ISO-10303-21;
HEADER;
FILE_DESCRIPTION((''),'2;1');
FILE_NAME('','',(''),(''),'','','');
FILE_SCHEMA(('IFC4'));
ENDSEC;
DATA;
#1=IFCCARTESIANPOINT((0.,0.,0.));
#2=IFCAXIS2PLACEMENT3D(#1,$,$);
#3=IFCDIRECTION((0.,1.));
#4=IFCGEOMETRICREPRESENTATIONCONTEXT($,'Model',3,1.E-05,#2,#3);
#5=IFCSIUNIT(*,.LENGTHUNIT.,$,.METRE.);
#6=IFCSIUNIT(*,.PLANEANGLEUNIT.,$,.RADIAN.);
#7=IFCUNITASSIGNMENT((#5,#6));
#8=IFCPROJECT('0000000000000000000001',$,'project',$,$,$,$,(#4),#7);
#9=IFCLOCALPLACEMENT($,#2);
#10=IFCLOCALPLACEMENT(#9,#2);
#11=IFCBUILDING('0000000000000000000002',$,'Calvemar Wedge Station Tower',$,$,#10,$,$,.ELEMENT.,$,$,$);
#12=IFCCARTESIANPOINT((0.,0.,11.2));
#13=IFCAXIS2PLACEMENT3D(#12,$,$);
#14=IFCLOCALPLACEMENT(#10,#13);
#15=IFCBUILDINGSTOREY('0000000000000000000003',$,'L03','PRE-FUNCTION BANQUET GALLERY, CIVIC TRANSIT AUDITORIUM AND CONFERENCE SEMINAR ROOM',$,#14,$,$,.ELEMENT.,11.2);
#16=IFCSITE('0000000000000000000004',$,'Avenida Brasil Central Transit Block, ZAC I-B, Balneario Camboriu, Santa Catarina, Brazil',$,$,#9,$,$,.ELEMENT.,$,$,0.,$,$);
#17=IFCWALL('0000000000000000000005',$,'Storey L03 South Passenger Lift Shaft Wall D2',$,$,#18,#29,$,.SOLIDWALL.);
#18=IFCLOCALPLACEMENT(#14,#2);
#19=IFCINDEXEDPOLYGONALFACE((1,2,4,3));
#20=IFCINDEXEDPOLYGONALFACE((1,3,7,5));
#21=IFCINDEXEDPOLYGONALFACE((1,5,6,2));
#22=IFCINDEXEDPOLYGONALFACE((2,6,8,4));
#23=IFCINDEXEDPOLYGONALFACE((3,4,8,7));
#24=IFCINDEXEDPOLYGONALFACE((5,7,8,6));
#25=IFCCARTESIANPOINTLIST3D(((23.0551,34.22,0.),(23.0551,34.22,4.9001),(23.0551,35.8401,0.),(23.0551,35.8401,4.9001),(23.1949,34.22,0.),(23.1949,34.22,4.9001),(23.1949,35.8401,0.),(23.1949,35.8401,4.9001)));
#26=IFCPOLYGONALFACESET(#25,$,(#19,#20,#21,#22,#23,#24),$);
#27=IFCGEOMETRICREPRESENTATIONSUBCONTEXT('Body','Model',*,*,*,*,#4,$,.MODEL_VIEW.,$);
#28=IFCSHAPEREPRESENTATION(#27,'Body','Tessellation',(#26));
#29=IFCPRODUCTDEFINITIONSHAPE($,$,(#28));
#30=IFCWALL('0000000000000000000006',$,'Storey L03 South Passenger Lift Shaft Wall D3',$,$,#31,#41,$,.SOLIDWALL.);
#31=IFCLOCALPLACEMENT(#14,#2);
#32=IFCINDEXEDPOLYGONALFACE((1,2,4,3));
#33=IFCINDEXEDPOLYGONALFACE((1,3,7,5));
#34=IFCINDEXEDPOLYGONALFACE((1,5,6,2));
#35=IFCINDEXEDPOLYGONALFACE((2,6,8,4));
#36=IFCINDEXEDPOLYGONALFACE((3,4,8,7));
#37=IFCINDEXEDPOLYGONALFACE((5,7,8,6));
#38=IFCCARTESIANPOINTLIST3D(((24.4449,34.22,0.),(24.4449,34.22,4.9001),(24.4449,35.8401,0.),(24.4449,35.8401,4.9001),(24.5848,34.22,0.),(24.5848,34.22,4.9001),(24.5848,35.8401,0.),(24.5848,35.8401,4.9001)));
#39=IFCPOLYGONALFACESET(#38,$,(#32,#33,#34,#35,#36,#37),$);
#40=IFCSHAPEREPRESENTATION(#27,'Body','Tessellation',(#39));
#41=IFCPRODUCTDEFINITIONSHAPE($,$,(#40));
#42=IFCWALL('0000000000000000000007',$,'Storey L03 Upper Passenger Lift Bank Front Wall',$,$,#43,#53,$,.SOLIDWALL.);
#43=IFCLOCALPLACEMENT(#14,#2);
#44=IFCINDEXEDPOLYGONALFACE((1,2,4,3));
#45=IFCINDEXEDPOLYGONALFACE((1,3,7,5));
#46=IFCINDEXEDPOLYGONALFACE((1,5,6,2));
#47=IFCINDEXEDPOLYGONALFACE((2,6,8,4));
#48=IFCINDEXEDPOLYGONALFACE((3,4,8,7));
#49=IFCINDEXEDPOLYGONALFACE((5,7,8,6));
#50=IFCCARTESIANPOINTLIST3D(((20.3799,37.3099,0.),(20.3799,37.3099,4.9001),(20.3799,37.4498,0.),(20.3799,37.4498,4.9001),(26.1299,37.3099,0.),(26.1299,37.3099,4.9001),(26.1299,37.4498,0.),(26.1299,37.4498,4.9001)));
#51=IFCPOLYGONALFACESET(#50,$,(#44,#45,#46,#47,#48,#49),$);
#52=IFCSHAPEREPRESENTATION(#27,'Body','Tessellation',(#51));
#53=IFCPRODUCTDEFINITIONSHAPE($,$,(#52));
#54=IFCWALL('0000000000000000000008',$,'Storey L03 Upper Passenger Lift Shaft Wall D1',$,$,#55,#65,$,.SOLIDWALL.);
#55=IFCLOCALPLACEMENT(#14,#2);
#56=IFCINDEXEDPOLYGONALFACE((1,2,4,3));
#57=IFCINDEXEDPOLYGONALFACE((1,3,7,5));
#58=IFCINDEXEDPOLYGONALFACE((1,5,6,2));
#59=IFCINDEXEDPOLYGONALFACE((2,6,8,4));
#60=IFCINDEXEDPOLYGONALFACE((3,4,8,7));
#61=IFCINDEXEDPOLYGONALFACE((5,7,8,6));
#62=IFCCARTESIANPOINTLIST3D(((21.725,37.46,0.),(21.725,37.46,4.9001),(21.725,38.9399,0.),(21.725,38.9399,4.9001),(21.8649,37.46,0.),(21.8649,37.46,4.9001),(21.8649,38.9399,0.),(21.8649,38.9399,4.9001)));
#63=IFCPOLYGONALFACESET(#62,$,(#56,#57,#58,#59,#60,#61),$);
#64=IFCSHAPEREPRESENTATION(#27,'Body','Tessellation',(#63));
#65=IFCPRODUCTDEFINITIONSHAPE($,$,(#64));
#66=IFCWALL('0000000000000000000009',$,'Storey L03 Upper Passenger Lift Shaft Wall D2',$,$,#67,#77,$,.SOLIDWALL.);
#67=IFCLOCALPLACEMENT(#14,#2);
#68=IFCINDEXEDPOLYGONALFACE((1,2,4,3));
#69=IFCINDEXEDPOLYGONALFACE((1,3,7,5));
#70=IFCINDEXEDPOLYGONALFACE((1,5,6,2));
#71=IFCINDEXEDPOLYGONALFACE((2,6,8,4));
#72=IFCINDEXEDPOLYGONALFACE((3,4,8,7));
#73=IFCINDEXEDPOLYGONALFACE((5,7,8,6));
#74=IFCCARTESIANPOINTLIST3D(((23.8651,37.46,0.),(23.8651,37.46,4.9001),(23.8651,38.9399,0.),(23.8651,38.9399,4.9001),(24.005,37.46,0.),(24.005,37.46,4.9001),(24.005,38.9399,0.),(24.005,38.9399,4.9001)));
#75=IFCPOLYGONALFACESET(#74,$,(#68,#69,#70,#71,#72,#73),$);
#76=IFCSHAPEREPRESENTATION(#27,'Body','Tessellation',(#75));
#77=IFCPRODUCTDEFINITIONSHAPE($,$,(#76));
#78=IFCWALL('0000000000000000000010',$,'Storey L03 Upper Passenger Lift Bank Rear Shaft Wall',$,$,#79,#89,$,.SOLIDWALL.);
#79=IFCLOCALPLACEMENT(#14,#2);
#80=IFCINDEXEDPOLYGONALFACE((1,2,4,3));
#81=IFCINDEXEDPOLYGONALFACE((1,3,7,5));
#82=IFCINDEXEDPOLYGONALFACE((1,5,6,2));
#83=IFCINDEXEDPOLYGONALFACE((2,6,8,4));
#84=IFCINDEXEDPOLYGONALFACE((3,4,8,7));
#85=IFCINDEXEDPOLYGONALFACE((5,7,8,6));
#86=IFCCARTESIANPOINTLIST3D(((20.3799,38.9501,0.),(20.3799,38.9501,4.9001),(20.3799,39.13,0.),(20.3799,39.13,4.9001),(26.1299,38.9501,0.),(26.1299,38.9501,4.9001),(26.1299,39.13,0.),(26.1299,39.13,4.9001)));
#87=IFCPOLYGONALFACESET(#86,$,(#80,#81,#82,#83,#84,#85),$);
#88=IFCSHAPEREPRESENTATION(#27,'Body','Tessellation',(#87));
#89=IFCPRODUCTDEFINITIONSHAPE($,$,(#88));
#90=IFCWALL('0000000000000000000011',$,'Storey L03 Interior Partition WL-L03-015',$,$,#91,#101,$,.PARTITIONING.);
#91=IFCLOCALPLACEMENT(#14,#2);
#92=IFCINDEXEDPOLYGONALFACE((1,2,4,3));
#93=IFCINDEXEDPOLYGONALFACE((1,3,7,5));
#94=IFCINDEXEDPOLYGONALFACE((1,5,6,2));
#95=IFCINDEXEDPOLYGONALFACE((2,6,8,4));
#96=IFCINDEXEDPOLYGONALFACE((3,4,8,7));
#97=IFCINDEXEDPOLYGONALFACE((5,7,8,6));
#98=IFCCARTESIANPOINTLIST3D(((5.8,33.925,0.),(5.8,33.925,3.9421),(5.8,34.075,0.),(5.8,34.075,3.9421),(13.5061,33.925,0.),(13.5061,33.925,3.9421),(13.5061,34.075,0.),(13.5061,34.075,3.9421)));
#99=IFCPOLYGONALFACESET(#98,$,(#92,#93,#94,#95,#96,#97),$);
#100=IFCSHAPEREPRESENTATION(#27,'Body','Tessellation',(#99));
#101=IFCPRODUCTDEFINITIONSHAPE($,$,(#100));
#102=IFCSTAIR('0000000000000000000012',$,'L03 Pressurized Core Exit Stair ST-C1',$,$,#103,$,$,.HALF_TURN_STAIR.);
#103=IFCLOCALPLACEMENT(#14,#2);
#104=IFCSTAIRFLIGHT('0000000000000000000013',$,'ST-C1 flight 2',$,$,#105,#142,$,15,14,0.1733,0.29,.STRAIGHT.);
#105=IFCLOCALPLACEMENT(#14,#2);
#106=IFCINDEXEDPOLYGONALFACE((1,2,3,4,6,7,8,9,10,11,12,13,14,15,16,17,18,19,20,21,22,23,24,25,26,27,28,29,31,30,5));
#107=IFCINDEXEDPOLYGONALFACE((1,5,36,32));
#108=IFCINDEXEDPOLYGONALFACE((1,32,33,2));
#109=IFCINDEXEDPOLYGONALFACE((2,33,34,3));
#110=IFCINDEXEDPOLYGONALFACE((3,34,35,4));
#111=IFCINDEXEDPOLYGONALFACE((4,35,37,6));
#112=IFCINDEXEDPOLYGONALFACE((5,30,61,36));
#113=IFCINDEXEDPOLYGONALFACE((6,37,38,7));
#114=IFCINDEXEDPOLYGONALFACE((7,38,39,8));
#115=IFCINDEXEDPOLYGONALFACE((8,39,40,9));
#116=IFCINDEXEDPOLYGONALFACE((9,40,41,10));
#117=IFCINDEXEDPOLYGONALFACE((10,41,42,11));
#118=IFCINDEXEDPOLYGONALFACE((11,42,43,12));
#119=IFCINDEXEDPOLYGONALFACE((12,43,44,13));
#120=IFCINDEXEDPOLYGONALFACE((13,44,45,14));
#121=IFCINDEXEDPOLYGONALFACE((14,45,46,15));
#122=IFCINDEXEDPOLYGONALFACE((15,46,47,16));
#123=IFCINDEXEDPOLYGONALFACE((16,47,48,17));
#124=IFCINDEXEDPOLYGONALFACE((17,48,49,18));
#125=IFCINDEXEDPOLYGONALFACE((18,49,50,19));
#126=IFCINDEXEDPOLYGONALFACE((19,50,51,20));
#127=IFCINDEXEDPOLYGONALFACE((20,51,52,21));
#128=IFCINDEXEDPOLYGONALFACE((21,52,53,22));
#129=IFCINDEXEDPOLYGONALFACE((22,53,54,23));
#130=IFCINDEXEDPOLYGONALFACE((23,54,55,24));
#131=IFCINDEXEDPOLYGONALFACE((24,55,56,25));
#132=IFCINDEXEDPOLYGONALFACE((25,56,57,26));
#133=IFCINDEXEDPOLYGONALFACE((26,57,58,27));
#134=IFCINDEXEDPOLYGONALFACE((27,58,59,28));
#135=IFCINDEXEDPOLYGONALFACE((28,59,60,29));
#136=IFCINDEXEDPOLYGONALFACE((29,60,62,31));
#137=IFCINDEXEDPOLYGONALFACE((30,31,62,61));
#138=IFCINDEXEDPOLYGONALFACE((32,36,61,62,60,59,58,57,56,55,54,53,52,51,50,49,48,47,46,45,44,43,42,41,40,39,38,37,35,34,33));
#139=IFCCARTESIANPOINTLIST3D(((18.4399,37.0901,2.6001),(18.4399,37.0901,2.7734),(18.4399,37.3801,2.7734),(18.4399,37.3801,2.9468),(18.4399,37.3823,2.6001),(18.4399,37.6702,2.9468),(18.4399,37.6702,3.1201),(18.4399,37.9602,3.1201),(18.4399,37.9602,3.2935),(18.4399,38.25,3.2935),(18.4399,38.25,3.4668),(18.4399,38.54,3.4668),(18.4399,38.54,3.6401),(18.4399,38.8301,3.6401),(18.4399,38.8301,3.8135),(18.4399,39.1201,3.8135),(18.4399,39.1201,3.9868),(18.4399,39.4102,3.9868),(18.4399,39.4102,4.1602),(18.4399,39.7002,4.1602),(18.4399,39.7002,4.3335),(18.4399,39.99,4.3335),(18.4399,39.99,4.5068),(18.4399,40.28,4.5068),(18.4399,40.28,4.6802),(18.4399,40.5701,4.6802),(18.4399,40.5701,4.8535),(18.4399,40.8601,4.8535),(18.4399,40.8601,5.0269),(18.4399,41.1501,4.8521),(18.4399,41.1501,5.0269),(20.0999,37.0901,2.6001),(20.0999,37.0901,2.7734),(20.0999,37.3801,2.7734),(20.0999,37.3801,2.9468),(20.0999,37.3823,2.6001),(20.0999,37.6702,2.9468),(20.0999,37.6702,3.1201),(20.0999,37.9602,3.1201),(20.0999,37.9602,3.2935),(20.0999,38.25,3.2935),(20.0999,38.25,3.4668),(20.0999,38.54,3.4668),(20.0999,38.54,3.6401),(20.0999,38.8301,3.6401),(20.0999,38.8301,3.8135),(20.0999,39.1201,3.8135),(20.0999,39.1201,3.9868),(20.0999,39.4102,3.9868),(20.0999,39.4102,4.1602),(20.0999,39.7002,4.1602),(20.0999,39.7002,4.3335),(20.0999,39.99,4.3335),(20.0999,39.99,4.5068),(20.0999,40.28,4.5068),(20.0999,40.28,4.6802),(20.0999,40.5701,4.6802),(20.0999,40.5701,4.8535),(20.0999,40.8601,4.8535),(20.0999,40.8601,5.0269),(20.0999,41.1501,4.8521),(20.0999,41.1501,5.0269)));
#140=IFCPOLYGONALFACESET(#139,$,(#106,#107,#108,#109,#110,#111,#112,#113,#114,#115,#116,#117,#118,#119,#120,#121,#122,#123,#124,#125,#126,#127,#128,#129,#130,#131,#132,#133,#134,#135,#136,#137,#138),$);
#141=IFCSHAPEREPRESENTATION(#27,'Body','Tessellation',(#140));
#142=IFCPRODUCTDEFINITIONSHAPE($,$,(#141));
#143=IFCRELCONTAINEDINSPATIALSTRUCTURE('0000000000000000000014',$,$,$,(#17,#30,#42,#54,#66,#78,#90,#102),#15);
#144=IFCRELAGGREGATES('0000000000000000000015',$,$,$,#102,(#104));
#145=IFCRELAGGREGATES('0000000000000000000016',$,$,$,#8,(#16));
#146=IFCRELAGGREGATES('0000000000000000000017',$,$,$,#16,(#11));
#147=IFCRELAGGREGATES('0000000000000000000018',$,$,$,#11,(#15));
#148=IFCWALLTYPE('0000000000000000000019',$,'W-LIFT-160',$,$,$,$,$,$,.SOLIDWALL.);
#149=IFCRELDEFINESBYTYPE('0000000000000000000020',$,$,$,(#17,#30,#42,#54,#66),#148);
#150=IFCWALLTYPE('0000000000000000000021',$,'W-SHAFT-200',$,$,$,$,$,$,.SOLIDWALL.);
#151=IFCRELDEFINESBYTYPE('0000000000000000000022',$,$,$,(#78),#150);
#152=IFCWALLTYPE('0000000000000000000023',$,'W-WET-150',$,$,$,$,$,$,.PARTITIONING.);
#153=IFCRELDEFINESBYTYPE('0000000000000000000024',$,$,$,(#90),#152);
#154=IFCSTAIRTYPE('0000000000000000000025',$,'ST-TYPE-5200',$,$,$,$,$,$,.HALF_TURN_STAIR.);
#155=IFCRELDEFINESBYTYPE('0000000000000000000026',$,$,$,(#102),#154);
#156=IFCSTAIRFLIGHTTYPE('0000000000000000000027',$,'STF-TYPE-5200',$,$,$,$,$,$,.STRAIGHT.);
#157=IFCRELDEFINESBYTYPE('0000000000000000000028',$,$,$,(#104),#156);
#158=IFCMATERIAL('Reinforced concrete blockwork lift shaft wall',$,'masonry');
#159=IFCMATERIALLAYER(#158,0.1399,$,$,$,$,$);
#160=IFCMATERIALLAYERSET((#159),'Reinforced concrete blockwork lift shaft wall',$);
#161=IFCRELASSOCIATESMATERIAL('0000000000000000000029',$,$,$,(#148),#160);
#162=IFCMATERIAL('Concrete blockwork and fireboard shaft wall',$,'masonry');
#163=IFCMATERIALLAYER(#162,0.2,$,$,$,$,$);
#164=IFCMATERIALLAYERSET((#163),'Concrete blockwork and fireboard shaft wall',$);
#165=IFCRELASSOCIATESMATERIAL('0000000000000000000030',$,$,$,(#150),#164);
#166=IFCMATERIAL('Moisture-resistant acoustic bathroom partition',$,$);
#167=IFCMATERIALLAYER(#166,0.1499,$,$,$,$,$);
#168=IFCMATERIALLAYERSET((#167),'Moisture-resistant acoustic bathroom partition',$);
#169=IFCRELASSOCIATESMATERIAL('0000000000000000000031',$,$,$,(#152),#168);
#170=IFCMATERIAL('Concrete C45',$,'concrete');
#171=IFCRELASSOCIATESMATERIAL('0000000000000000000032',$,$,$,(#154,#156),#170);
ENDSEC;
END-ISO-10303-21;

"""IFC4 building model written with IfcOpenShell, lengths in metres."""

from ifc_helpers import new_model, si_unit, direction, frame, frame_2d, origin, place, context, subcontext, project, spatial, polyline, rectangle, outline, extrude, material, layer, layer_set, type_object, element, aggregate, save


model = new_model("IFC4")

# Units and contexts
model_context = context("Model", 3, precision=1e-05, world=origin(), true_north=direction((0.0, 1.0)))
body_context = subcontext(model_context, "Body", "Model", "MODEL_VIEW")
ifc_project = project(units=[si_unit("LENGTHUNIT", "METRE"), si_unit("PLANEANGLEUNIT", "RADIAN")], contexts=[model_context])

# Site, building, storey
site_placement = place(None, origin())
site = spatial("IfcSite", under=ifc_project, at=site_placement, Name="Avenida Brasil Central Transit Block, ZAC I-B, Balneario Camboriu, Santa Catarina, Brazil", CompositionType="ELEMENT", RefElevation=0.0)
building_placement = place(site_placement, origin())
building = spatial("IfcBuilding", under=site, at=building_placement, Name="Calvemar Wedge Station Tower", CompositionType="ELEMENT")
storey_placement = place(building_placement, frame((0.0, 0.0, 11.2)))
storey = spatial("IfcBuildingStorey", under=building, at=storey_placement, Name="L03", Description="PRE-FUNCTION BANQUET GALLERY, CIVIC TRANSIT AUDITORIUM AND CONFERENCE SEMINAR ROOM", CompositionType="ELEMENT", Elevation=11.2)

# Walls
ifc_material_1 = material(Name="Reinforced concrete blockwork lift shaft wall", Category="masonry")
ifc_layer_1 = layer(ifc_material_1, 0.1399)
ifc_layer_set_1 = layer_set([ifc_layer_1], Name="Reinforced concrete blockwork lift shaft wall")
wall_type_1 = type_object("IfcWallType", Name="W-LIFT-160", PredefinedType="SOLIDWALL", material=ifc_layer_set_1)
for number, where, z_axis, x_axis, name in (
    (1, (23.125, 34.22, 0.0), (0.0, 0.0, 1.0), (0.0, 1.0, 0.0), "Storey L03 South Passenger Lift Shaft Wall D2"),
    (2, (24.5149, 34.22, 0.0), (0.0, 0.0, 1.0), (0.0, 1.0, 0.0), "Storey L03 South Passenger Lift Shaft Wall D3"),
):
    element("IfcWall", number, at=place(storey_placement, frame(where, z_axis=z_axis, x_axis=x_axis)), inside=storey, type_object=wall_type_1, Name=name, PredefinedType="SOLIDWALL", context=body_context, shape_type="SweptSolid", body=[
        extrude(rectangle(XDim=1.6201, YDim=0.1399, at=frame_2d((0.8101, 0.0))), origin(), (0.0, 0.0, 1.0), 4.9001),
    ])
wall_1_placement = place(storey_placement, frame((20.3799, 37.3799, 0.0), z_axis=(0.0, 0.0, 1.0), x_axis=(1.0, 0.0, 0.0)))
element("IfcWall", 3, at=wall_1_placement, inside=storey, type_object=wall_type_1, Name="Storey L03 Upper Passenger Lift Bank Front Wall", PredefinedType="SOLIDWALL", context=body_context, shape_type="SweptSolid", body=[
    extrude(rectangle(XDim=5.75, YDim=0.1399, at=frame_2d((2.875, 0.0))), origin(), (0.0, 0.0, 1.0), 4.9001),
])
for number, where, z_axis, x_axis, name in (
    (4, (21.7949, 37.46, 0.0), (0.0, 0.0, 1.0), (0.0, 1.0, 0.0), "Storey L03 Upper Passenger Lift Shaft Wall D1"),
    (5, (23.9351, 37.46, 0.0), (0.0, 0.0, 1.0), (0.0, 1.0, 0.0), "Storey L03 Upper Passenger Lift Shaft Wall D2"),
):
    element("IfcWall", number, at=place(storey_placement, frame(where, z_axis=z_axis, x_axis=x_axis)), inside=storey, type_object=wall_type_1, Name=name, PredefinedType="SOLIDWALL", context=body_context, shape_type="SweptSolid", body=[
        extrude(rectangle(XDim=1.48, YDim=0.1399, at=frame_2d((0.74, 0.0))), origin(), (0.0, 0.0, 1.0), 4.9001),
    ])
ifc_material_2 = material(Name="Concrete blockwork and fireboard shaft wall", Category="masonry")
ifc_layer_2 = layer(ifc_material_2, 0.2)
ifc_layer_set_2 = layer_set([ifc_layer_2], Name="Concrete blockwork and fireboard shaft wall")
wall_type_2 = type_object("IfcWallType", Name="W-SHAFT-200", PredefinedType="SOLIDWALL", material=ifc_layer_set_2)
wall_2_placement = place(storey_placement, frame((20.3799, 39.04, 0.0), z_axis=(0.0, 0.0, 1.0), x_axis=(1.0, 0.0, 0.0)))
element("IfcWall", 6, at=wall_2_placement, inside=storey, type_object=wall_type_2, Name="Storey L03 Upper Passenger Lift Bank Rear Shaft Wall", PredefinedType="SOLIDWALL", context=body_context, shape_type="SweptSolid", body=[
    extrude(rectangle(XDim=5.75, YDim=0.1799, at=frame_2d((2.875, 0.0))), origin(), (0.0, 0.0, 1.0), 4.9001),
])
ifc_material_3 = material(Name="Moisture-resistant acoustic bathroom partition")
ifc_layer_3 = layer(ifc_material_3, 0.1499)
ifc_layer_set_3 = layer_set([ifc_layer_3], Name="Moisture-resistant acoustic bathroom partition")
wall_type_3 = type_object("IfcWallType", Name="W-WET-150", PredefinedType="PARTITIONING", material=ifc_layer_set_3)
wall_3_placement = place(storey_placement, frame((13.5061, 34.0, 0.0), z_axis=(0.0, 0.0, 1.0), x_axis=(-1.0, 0.0, 0.0)))
element("IfcWall", 7, at=wall_3_placement, inside=storey, type_object=wall_type_3, Name="Storey L03 Interior Partition WL-L03-015", PredefinedType="PARTITIONING", context=body_context, shape_type="SweptSolid", body=[
    extrude(rectangle(XDim=7.7061, YDim=0.1499, at=frame_2d((3.853, 0.0))), origin(), (0.0, 0.0, 1.0), 3.9421),
])

# Stair, stair flight
ifc_material_4 = material(Name="Concrete C45", Category="concrete")
stair_type = type_object("IfcStairType", Name="ST-TYPE-5200", PredefinedType="HALF_TURN_STAIR", material=ifc_material_4)
stair_placement = place(storey_placement, origin())
stair = element("IfcStair", 8, at=stair_placement, inside=storey, type_object=stair_type, Name="L03 Pressurized Core Exit Stair ST-C1", PredefinedType="HALF_TURN_STAIR")
stair_flight_type = type_object("IfcStairFlightType", Name="STF-TYPE-5200", PredefinedType="STRAIGHT", material=ifc_material_4)
stair_flight_placement = place(storey_placement, frame((19.27, 37.0901, 2.6001), z_axis=(0.0, 0.0, 1.0), x_axis=(0.0, 1.0, 0.0)))
stair_flight = element("IfcStairFlight", 9, at=stair_flight_placement, type_object=stair_flight_type, Name="ST-C1 flight 2", NumberOfRisers=15, NumberOfTreads=14, PredefinedType="STRAIGHT", RiserHeight=0.1733, TreadLength=0.29, context=body_context, shape_type="SweptSolid", body=[
    extrude(outline(polyline([(0.0, 0.0), (0.0, 0.1733), (0.29, 0.1733), (0.29, 0.3467), (0.5801, 0.3467), (0.5801, 0.52), (0.8701, 0.52), (0.8701, 0.6934), (1.1599, 0.6934), (1.1599, 0.8667), (1.45, 0.8667), (1.45, 1.04), (1.74, 1.04), (1.74, 1.2134), (2.03, 1.2134), (2.03, 1.3867), (2.3201, 1.3867), (2.3201, 1.5601), (2.6101, 1.5601), (2.6101, 1.7334), (2.8999, 1.7334), (2.8999, 1.9067), (3.1899, 1.9067), (3.1899, 2.0801), (3.48, 2.0801), (3.48, 2.2534), (3.77, 2.2534), (3.77, 2.4268), (4.0601, 2.4268), (4.0601, 2.6001), (4.0601, 2.252), (0.2922, 0.0), (0.0, 0.0)])), frame((0.0, 0.8301, 0.0), z_axis=(0.0, -1.0, 0.0), x_axis=(1.0, 0.0, 0.0)), (0.0, 0.0, 1.0), 1.6599),
])
aggregate(stair, [stair_flight])

save(model, "model.ifc")
